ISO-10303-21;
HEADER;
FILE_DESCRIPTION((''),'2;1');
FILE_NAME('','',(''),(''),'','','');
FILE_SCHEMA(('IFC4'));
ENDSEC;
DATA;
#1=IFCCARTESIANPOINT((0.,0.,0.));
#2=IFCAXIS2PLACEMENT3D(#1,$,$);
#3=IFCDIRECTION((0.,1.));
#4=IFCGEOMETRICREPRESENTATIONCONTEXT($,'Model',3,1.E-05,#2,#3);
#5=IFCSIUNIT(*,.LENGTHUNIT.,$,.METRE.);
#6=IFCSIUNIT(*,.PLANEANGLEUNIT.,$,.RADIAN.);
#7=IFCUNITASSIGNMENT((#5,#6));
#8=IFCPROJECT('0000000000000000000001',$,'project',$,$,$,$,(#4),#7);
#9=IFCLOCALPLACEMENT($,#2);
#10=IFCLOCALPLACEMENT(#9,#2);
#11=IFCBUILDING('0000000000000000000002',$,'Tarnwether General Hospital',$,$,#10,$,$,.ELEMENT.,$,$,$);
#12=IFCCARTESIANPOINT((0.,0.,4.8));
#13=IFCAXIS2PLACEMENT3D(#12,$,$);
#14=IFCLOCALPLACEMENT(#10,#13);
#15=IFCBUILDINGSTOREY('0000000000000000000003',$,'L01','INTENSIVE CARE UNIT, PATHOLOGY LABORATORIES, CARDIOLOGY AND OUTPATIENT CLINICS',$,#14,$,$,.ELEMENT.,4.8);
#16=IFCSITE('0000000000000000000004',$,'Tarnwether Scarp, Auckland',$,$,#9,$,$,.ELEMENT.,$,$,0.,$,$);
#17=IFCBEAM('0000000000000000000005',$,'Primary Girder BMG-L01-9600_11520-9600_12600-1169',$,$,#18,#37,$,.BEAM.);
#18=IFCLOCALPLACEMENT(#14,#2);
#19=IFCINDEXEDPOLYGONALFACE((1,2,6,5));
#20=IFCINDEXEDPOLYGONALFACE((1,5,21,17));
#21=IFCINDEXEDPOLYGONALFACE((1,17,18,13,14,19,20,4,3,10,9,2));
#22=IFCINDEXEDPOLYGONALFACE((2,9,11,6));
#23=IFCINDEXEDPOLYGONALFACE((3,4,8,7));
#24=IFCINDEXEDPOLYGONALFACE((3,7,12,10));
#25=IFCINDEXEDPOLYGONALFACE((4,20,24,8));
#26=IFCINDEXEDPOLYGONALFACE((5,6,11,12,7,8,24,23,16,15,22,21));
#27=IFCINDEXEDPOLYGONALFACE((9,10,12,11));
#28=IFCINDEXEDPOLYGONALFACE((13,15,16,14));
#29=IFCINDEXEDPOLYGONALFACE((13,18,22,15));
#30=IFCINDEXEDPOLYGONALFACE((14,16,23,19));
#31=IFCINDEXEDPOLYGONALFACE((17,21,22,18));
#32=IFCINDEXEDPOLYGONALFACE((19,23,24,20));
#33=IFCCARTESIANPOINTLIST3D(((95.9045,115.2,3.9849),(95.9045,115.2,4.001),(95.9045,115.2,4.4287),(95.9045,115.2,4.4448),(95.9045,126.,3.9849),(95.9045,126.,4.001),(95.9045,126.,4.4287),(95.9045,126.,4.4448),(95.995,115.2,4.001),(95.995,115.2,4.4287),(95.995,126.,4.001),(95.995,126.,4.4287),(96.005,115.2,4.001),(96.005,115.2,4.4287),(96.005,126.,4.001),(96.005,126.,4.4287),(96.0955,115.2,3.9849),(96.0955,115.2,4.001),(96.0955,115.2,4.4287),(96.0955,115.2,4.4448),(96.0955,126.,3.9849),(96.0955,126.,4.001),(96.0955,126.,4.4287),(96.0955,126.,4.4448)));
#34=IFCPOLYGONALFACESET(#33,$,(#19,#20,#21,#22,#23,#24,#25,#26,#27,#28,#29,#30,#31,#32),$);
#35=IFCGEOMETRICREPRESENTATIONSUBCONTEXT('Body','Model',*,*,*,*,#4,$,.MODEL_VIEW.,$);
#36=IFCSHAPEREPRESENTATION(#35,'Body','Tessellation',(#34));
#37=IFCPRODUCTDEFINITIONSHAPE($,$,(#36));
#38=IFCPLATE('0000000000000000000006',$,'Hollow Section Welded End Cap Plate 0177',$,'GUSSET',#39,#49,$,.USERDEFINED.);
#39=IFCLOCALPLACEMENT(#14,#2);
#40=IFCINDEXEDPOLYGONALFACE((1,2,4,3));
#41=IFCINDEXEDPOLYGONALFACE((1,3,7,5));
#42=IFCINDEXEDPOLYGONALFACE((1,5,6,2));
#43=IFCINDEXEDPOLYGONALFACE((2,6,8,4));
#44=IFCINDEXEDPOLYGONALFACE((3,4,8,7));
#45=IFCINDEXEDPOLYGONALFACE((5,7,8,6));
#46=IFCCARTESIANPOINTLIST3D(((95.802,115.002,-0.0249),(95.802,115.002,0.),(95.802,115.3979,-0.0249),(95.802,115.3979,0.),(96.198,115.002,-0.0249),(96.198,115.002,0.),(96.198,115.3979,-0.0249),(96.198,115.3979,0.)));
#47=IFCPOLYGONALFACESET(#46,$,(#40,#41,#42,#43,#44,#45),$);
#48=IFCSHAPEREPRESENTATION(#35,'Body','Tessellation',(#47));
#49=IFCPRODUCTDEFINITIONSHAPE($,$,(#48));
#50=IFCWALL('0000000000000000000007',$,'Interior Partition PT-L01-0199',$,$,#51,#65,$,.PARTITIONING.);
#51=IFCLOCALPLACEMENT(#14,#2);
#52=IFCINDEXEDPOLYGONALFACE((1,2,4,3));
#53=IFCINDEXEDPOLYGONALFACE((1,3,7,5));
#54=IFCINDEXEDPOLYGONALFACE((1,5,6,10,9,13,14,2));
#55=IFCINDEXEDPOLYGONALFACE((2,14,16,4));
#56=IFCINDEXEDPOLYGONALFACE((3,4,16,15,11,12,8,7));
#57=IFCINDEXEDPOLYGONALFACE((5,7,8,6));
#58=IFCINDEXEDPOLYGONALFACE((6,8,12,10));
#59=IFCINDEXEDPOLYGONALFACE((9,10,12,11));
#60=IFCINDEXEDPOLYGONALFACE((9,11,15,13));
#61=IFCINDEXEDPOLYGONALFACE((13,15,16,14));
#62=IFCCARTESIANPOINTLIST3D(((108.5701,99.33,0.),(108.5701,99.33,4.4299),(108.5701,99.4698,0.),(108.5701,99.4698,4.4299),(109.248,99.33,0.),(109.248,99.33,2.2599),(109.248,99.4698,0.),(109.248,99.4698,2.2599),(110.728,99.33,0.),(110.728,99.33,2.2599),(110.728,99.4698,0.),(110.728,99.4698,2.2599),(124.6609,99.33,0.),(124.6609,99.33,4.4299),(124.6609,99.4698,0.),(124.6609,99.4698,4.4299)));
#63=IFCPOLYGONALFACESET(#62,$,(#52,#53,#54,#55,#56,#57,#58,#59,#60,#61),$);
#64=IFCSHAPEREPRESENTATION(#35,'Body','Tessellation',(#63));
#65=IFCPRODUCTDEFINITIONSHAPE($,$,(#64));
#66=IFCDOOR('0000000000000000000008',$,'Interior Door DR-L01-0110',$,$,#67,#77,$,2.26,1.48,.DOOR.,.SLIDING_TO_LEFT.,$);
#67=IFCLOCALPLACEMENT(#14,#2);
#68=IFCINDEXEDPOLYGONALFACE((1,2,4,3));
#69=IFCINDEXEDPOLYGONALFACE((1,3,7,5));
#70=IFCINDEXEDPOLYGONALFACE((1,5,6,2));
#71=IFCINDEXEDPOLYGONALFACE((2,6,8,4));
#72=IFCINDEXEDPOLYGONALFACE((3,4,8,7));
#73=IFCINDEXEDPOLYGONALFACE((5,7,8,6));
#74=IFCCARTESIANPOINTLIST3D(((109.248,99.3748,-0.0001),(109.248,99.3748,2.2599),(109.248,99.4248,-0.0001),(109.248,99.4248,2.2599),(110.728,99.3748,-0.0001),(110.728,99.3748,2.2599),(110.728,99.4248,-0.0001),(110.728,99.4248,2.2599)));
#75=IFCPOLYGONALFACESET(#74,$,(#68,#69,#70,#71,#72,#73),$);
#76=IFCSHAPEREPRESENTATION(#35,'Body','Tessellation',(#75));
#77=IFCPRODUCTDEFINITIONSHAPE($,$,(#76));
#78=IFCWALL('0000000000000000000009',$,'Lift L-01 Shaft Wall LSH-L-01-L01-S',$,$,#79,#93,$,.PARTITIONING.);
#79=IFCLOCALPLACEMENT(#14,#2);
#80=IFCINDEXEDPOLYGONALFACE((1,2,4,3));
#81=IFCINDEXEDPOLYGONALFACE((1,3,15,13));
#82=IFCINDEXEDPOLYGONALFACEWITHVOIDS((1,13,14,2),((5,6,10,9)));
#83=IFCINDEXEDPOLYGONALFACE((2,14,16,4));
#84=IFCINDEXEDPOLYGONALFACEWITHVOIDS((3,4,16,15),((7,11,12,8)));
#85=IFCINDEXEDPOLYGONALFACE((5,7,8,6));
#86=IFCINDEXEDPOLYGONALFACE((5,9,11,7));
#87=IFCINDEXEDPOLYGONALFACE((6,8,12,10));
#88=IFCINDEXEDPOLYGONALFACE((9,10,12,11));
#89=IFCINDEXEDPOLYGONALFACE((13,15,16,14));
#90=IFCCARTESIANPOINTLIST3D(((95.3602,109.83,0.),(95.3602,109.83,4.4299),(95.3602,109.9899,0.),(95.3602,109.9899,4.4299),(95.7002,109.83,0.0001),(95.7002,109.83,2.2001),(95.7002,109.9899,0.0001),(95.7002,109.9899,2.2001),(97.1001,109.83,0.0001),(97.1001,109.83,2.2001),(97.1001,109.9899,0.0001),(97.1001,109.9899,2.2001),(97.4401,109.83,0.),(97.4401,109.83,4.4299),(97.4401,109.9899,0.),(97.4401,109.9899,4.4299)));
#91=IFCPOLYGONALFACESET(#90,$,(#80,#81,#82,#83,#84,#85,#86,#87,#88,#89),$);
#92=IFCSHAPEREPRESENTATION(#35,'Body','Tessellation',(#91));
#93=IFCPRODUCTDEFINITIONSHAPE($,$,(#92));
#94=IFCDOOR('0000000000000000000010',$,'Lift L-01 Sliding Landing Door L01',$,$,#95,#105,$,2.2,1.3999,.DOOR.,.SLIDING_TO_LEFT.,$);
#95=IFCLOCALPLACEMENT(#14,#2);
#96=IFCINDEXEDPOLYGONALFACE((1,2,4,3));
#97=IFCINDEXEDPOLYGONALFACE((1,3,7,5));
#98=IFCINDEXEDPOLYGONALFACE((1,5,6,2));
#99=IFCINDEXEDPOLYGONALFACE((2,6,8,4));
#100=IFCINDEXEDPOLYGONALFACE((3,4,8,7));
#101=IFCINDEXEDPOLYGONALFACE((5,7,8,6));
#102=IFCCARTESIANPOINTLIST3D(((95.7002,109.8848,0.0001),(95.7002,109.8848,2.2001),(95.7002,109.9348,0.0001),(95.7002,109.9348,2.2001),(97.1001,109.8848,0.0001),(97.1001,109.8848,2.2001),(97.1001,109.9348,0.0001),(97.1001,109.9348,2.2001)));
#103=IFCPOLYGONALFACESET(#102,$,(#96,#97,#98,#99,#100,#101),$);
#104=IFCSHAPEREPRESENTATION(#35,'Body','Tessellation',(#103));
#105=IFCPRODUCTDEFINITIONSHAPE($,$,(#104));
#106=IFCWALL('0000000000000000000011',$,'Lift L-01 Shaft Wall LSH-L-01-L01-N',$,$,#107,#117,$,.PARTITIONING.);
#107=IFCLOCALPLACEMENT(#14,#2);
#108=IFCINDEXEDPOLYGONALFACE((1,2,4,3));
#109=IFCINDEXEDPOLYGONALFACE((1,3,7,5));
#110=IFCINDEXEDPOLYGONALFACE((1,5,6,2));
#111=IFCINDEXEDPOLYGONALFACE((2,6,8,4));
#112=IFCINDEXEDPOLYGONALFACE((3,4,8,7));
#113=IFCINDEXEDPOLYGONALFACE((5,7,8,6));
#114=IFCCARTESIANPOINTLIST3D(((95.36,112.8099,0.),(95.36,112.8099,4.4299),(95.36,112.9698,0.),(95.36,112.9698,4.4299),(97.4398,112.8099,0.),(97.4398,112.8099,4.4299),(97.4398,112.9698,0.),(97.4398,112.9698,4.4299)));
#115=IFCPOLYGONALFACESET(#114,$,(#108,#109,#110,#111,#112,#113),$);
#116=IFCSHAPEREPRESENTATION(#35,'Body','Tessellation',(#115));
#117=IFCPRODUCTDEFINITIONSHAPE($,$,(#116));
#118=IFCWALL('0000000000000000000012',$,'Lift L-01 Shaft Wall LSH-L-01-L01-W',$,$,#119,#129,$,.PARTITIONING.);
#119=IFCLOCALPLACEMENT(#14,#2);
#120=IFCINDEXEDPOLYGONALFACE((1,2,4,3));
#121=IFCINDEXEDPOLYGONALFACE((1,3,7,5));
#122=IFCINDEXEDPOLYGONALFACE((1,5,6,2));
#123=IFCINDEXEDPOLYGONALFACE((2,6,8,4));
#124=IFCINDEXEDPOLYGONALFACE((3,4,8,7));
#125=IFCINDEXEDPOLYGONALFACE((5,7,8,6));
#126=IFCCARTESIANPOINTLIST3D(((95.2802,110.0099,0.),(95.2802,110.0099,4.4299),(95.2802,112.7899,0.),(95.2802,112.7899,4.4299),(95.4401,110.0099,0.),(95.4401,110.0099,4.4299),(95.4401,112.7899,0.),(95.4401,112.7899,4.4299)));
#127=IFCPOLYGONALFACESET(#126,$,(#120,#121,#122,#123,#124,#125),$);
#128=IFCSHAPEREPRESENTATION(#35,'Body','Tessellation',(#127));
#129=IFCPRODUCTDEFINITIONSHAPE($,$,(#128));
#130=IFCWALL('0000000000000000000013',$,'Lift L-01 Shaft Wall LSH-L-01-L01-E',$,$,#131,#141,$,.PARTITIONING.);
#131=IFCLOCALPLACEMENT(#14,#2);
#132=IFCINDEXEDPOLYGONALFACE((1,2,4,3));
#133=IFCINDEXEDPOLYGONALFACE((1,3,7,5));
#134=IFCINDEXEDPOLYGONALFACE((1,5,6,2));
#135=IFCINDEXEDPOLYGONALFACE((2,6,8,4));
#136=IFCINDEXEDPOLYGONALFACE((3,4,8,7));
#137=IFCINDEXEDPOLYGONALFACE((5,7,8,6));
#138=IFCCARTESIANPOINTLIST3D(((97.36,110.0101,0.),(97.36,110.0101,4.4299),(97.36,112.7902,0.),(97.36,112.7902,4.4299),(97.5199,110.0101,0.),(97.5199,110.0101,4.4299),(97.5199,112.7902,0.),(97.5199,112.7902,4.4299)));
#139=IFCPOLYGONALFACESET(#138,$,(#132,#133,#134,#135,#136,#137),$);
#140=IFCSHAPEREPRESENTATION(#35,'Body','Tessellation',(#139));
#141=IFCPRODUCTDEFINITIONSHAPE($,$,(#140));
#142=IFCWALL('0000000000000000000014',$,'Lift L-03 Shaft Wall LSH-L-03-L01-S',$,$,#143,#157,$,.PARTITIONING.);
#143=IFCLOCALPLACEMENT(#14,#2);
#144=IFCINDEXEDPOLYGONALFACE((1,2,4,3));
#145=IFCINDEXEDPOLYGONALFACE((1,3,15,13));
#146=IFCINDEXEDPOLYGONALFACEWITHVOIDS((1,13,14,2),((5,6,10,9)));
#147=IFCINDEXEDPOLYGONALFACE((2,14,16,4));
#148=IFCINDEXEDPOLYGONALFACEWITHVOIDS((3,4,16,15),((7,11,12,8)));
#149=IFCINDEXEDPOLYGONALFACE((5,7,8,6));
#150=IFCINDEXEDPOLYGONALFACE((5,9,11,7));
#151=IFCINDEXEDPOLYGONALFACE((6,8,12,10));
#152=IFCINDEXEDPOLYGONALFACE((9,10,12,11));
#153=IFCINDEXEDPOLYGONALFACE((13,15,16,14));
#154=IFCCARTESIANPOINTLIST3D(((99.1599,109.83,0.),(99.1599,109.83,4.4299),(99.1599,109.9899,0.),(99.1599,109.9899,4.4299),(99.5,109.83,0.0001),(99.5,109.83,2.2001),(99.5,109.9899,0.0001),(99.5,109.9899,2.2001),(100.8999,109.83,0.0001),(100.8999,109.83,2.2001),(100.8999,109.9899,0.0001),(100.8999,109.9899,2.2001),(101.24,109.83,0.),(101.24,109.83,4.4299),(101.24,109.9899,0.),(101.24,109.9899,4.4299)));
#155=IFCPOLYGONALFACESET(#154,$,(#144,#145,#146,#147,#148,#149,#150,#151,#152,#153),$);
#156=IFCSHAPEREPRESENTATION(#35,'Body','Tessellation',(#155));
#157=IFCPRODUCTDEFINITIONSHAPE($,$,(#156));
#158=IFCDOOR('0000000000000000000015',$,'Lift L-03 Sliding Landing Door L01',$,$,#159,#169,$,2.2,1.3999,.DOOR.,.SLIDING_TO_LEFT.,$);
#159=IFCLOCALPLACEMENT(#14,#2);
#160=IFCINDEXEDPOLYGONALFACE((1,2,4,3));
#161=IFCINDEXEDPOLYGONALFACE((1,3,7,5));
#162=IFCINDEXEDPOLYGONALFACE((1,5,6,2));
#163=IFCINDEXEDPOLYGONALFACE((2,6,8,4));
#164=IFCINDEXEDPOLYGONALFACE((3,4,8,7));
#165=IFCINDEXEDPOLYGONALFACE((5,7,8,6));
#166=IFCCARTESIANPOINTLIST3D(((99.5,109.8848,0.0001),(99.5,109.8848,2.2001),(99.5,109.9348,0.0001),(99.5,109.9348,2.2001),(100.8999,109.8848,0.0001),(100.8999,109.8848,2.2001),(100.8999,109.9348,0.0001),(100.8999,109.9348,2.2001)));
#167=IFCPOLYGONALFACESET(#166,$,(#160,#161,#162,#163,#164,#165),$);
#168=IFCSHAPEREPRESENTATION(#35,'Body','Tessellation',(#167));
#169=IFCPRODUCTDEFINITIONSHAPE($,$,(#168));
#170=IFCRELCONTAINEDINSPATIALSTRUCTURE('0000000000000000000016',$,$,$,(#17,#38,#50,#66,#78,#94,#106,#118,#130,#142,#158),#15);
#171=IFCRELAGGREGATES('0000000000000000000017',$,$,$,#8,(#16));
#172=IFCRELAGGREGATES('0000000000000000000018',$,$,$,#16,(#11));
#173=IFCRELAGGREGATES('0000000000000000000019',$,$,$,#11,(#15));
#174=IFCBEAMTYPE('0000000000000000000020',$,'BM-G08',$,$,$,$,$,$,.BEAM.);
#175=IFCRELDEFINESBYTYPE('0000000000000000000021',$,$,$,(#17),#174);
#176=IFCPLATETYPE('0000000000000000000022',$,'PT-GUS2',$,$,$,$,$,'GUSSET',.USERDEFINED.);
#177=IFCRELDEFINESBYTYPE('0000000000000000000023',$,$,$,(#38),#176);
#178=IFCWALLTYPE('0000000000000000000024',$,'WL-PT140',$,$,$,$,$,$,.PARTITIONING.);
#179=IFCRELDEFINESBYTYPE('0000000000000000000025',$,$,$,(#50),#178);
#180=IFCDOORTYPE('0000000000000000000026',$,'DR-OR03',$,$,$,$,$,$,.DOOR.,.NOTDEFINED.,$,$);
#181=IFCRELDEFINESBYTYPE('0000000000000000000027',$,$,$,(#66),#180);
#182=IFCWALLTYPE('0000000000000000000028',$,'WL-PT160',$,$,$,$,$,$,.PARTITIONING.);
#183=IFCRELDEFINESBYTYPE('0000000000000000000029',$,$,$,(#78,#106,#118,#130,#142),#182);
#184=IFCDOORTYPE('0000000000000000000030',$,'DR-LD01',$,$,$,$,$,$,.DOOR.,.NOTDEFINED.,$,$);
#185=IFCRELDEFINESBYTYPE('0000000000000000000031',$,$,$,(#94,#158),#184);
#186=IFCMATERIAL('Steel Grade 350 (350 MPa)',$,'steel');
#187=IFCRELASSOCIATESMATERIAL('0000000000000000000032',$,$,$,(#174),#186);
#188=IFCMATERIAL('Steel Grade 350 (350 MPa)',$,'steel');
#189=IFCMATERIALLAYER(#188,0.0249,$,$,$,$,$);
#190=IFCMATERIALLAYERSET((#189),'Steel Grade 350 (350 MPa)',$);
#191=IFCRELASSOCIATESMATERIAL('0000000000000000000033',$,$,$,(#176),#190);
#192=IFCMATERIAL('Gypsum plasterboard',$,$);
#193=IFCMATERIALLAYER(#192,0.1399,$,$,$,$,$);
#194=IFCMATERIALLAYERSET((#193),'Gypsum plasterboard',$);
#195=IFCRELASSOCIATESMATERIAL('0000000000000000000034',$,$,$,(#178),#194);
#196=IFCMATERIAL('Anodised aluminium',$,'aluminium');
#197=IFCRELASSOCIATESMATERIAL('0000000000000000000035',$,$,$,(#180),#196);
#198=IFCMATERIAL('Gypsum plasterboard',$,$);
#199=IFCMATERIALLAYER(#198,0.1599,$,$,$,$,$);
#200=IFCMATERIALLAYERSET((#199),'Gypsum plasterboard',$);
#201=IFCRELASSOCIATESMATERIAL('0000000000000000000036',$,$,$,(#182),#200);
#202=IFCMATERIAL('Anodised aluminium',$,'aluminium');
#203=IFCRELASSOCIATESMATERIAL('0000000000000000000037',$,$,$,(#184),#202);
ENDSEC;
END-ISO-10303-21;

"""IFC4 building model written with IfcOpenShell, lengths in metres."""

from ifc_helpers import new_model, si_unit, direction, frame, frame_2d, origin, origin_2d, place, context, subcontext, project, spatial, rectangle, i_section, extrude, material, layer, layer_set, material_profile, profile_set, type_object, element, fill, save


model = new_model("IFC4")

# Units and contexts
model_context = context("Model", 3, precision=1e-05, world=origin(), true_north=direction((0.0, 1.0)))
body_context = subcontext(model_context, "Body", "Model", "MODEL_VIEW")
ifc_project = project(units=[si_unit("LENGTHUNIT", "METRE"), si_unit("PLANEANGLEUNIT", "RADIAN")], contexts=[model_context])

# Site, building, storey
site_placement = place(None, origin())
site = spatial("IfcSite", under=ifc_project, at=site_placement, Name="Tarnwether Scarp, Auckland", CompositionType="ELEMENT", RefElevation=0.0)
building_placement = place(site_placement, origin())
building = spatial("IfcBuilding", under=site, at=building_placement, Name="Tarnwether General Hospital", CompositionType="ELEMENT")
storey_placement = place(building_placement, frame((0.0, 0.0, 4.8)))
storey = spatial("IfcBuildingStorey", under=building, at=storey_placement, Name="L01", Description="INTENSIVE CARE UNIT, PATHOLOGY LABORATORIES, CARDIOLOGY AND OUTPATIENT CLINICS", CompositionType="ELEMENT", Elevation=4.8)

# Beam
ifc_material_1 = material(Name="Steel Grade 350 (350 MPa)", Category="steel")
ifc_material_profile_1 = material_profile(ifc_material_1, i_section(OverallWidth=0.1909, OverallDepth=0.46, WebThickness=0.01, FlangeThickness=0.0161, at=origin_2d()), Name="460UB82.1")
ifc_profile_set_1 = profile_set([ifc_material_profile_1], Name="Steel Grade 350 (350 MPa)")
beam_type_1 = type_object("IfcBeamType", Name="BM-G08", PredefinedType="BEAM", material=ifc_profile_set_1)
beam_1_placement = place(storey_placement, frame((96.0, 115.2, 4.2148), z_axis=(0.0, 1.0, 0.0), x_axis=(-1.0, 0.0, 0.0)))
element("IfcBeam", 1, at=beam_1_placement, inside=storey, type_object=beam_type_1, Name="Primary Girder BMG-L01-9600_11520-9600_12600-1169", PredefinedType="BEAM", context=body_context, shape_type="SweptSolid", body=[
    extrude(i_section(OverallWidth=0.1909, OverallDepth=0.46, WebThickness=0.01, FlangeThickness=0.0161, at=origin_2d()), origin(), (0.0, 0.0, 1.0), 10.8),
])

# Plate
ifc_material_2 = material(Name="Steel Grade 350 (350 MPa)", Category="steel")
ifc_layer_1 = layer(ifc_material_2, 0.0249)
ifc_layer_set_1 = layer_set([ifc_layer_1], Name="Steel Grade 350 (350 MPa)")
plate_type = type_object("IfcPlateType", Name="PT-GUS2", ElementType="GUSSET", PredefinedType="USERDEFINED", material=ifc_layer_set_1)
plate_placement = place(storey_placement, frame((96.0, 115.2, -0.0249), z_axis=(0.0, 0.0, 1.0), x_axis=(1.0, 0.0, 0.0)))
element("IfcPlate", 2, at=plate_placement, inside=storey, type_object=plate_type, Name="Hollow Section Welded End Cap Plate 0177", ObjectType="GUSSET", PredefinedType="USERDEFINED", context=body_context, shape_type="SweptSolid", body=[
    extrude(rectangle(XDim=0.396, YDim=0.396, at=origin_2d()), origin(), (0.0, 0.0, 1.0), 0.0249),
])

# Walls, openings, doors
ifc_material_3 = material(Name="Gypsum plasterboard")
ifc_layer_2 = layer(ifc_material_3, 0.1399)
ifc_layer_set_2 = layer_set([ifc_layer_2], Name="Gypsum plasterboard")
wall_type_1 = type_object("IfcWallType", Name="WL-PT140", PredefinedType="PARTITIONING", material=ifc_layer_set_2)
wall_1_placement = place(storey_placement, frame((108.5701, 99.3999, 0.0), z_axis=(0.0, 0.0, 1.0), x_axis=(1.0, 0.0, 0.0)))
wall_1 = element("IfcWall", 3, at=wall_1_placement, inside=storey, type_object=wall_type_1, Name="Interior Partition PT-L01-0199", PredefinedType="PARTITIONING", context=body_context, shape_type="SweptSolid", body=[
    extrude(rectangle(XDim=16.0908, YDim=0.1399, at=frame_2d((8.0454, 0.0))), origin(), (0.0, 0.0, 1.0), 4.4299),
])
opening_1_placement = place(wall_1_placement, frame((0.678, 0.0, 0.0)))
opening_1 = element("IfcOpeningElement", 4, at=opening_1_placement, cuts=wall_1, PredefinedType="OPENING", context=body_context, shape_type="SweptSolid", body=[
    extrude(rectangle(XDim=1.48, YDim=2.26, at=frame_2d((0.74, 1.1299))), frame((0.0, 0.0801, 0.0), z_axis=(0.0, -1.0, 0.0), x_axis=(1.0, 0.0, 0.0)), (0.0, 0.0, 1.0), 0.1599),
])
ifc_material_4 = material(Name="Anodised aluminium", Category="aluminium")
door_type_1 = type_object("IfcDoorType", Name="DR-OR03", OperationType="NOTDEFINED", PredefinedType="DOOR", material=ifc_material_4)
door_1_placement = place(opening_1_placement, origin())
door_1 = element("IfcDoor", 5, at=door_1_placement, inside=storey, type_object=door_type_1, Name="Interior Door DR-L01-0110", OperationType="SLIDING_TO_LEFT", OverallHeight=2.26, OverallWidth=1.48, PredefinedType="DOOR", context=body_context, shape_type="SweptSolid", body=[
    extrude(rectangle(XDim=1.48, YDim=2.26, at=frame_2d((0.74, 1.1299))), frame((0.0, 0.0249, 0.0), z_axis=(0.0, -1.0, 0.0), x_axis=(1.0, 0.0, 0.0)), (0.0, 0.0, 1.0), 0.05),
])
fill(opening_1, door_1)
ifc_material_5 = material(Name="Gypsum plasterboard")
ifc_layer_3 = layer(ifc_material_5, 0.1599)
ifc_layer_set_3 = layer_set([ifc_layer_3], Name="Gypsum plasterboard")
wall_type_2 = type_object("IfcWallType", Name="WL-PT160", PredefinedType="PARTITIONING", material=ifc_layer_set_3)
wall_2_placement = place(storey_placement, frame((95.3601, 109.9099, 0.0), z_axis=(0.0, 0.0, 1.0), x_axis=(1.0, 0.0, 0.0)))
wall_2 = element("IfcWall", 6, at=wall_2_placement, inside=storey, type_object=wall_type_2, Name="Lift L-01 Shaft Wall LSH-L-01-L01-S", PredefinedType="PARTITIONING", context=body_context, shape_type="SweptSolid", body=[
    extrude(rectangle(XDim=2.0798, YDim=0.1599, at=frame_2d((1.04, 0.0))), origin(), (0.0, 0.0, 1.0), 4.4299),
])
opening_2_placement = place(wall_2_placement, frame((0.3401, 0.0, 0.0)))
opening_2 = element("IfcOpeningElement", 7, at=opening_2_placement, cuts=wall_2, PredefinedType="OPENING", context=body_context, shape_type="SweptSolid", body=[
    extrude(rectangle(XDim=1.3999, YDim=2.2, at=frame_2d((0.7, 1.1001))), frame((0.0, 0.0898, 0.0), z_axis=(0.0, -1.0, 0.0), x_axis=(1.0, 0.0, 0.0)), (0.0, 0.0, 1.0), 0.1799),
])
ifc_material_6 = material(Name="Anodised aluminium", Category="aluminium")
door_type_2 = type_object("IfcDoorType", Name="DR-LD01", OperationType="NOTDEFINED", PredefinedType="DOOR", material=ifc_material_6)
door_2_placement = place(opening_2_placement, origin())
door_2 = element("IfcDoor", 8, at=door_2_placement, inside=storey, type_object=door_type_2, Name="Lift L-01 Sliding Landing Door L01", OperationType="SLIDING_TO_LEFT", OverallHeight=2.2, OverallWidth=1.3999, PredefinedType="DOOR", context=body_context, shape_type="SweptSolid", body=[
    extrude(rectangle(XDim=1.3999, YDim=2.2, at=frame_2d((0.7, 1.1001))), frame((0.0, 0.0249, 0.0), z_axis=(0.0, -1.0, 0.0), x_axis=(1.0, 0.0, 0.0)), (0.0, 0.0, 1.0), 0.05),
])
fill(opening_2, door_2)

# Walls
wall_3_placement = place(storey_placement, frame((97.4399, 112.8899, 0.0), z_axis=(0.0, 0.0, 1.0), x_axis=(-1.0, 0.0, 0.0)))
element("IfcWall", 9, at=wall_3_placement, inside=storey, type_object=wall_type_2, Name="Lift L-01 Shaft Wall LSH-L-01-L01-N", PredefinedType="PARTITIONING", context=body_context, shape_type="SweptSolid", body=[
    extrude(rectangle(XDim=2.0798, YDim=0.1599, at=frame_2d((1.04, 0.0))), origin(), (0.0, 0.0, 1.0), 4.4299),
])
for number, where, z_axis, x_axis, name in (
    (10, (95.3601, 112.79, 0.0), (0.0, 0.0, 1.0), (0.0, -1.0, 0.0), "Lift L-01 Shaft Wall LSH-L-01-L01-W"),
    (11, (97.4399, 110.01, 0.0), (0.0, 0.0, 1.0), (0.0, 1.0, 0.0), "Lift L-01 Shaft Wall LSH-L-01-L01-E"),
):
    element("IfcWall", number, at=place(storey_placement, frame(where, z_axis=z_axis, x_axis=x_axis)), inside=storey, type_object=wall_type_2, Name=name, PredefinedType="PARTITIONING", context=body_context, shape_type="SweptSolid", body=[
        extrude(rectangle(XDim=2.78, YDim=0.1599, at=frame_2d((1.3901, 0.0))), origin(), (0.0, 0.0, 1.0), 4.4299),
    ])

# Wall, opening, door
wall_4_placement = place(storey_placement, frame((99.1599, 109.9099, 0.0), z_axis=(0.0, 0.0, 1.0), x_axis=(1.0, 0.0, 0.0)))
wall_4 = element("IfcWall", 12, at=wall_4_placement, inside=storey, type_object=wall_type_2, Name="Lift L-03 Shaft Wall LSH-L-03-L01-S", PredefinedType="PARTITIONING", context=body_context, shape_type="SweptSolid", body=[
    extrude(rectangle(XDim=2.0801, YDim=0.1599, at=frame_2d((1.04, 0.0))), origin(), (0.0, 0.0, 1.0), 4.4299),
])
opening_3_placement = place(wall_4_placement, frame((0.3401, 0.0, 0.0)))
opening_3 = element("IfcOpeningElement", 13, at=opening_3_placement, cuts=wall_4, PredefinedType="OPENING", context=body_context, shape_type="SweptSolid", body=[
    extrude(rectangle(XDim=1.3999, YDim=2.2, at=frame_2d((0.7, 1.1001))), frame((0.0, 0.0898, 0.0), z_axis=(0.0, -1.0, 0.0), x_axis=(1.0, 0.0, 0.0)), (0.0, 0.0, 1.0), 0.1799),
])
door_3_placement = place(opening_3_placement, origin())
door_3 = element("IfcDoor", 14, at=door_3_placement, inside=storey, type_object=door_type_2, Name="Lift L-03 Sliding Landing Door L01", OperationType="SLIDING_TO_LEFT", OverallHeight=2.2, OverallWidth=1.3999, PredefinedType="DOOR", context=body_context, shape_type="SweptSolid", body=[
    extrude(rectangle(XDim=1.3999, YDim=2.2, at=frame_2d((0.7, 1.1001))), frame((0.0, 0.0249, 0.0), z_axis=(0.0, -1.0, 0.0), x_axis=(1.0, 0.0, 0.0)), (0.0, 0.0, 1.0), 0.05),
])
fill(opening_3, door_3)

save(model, "model.ifc")
